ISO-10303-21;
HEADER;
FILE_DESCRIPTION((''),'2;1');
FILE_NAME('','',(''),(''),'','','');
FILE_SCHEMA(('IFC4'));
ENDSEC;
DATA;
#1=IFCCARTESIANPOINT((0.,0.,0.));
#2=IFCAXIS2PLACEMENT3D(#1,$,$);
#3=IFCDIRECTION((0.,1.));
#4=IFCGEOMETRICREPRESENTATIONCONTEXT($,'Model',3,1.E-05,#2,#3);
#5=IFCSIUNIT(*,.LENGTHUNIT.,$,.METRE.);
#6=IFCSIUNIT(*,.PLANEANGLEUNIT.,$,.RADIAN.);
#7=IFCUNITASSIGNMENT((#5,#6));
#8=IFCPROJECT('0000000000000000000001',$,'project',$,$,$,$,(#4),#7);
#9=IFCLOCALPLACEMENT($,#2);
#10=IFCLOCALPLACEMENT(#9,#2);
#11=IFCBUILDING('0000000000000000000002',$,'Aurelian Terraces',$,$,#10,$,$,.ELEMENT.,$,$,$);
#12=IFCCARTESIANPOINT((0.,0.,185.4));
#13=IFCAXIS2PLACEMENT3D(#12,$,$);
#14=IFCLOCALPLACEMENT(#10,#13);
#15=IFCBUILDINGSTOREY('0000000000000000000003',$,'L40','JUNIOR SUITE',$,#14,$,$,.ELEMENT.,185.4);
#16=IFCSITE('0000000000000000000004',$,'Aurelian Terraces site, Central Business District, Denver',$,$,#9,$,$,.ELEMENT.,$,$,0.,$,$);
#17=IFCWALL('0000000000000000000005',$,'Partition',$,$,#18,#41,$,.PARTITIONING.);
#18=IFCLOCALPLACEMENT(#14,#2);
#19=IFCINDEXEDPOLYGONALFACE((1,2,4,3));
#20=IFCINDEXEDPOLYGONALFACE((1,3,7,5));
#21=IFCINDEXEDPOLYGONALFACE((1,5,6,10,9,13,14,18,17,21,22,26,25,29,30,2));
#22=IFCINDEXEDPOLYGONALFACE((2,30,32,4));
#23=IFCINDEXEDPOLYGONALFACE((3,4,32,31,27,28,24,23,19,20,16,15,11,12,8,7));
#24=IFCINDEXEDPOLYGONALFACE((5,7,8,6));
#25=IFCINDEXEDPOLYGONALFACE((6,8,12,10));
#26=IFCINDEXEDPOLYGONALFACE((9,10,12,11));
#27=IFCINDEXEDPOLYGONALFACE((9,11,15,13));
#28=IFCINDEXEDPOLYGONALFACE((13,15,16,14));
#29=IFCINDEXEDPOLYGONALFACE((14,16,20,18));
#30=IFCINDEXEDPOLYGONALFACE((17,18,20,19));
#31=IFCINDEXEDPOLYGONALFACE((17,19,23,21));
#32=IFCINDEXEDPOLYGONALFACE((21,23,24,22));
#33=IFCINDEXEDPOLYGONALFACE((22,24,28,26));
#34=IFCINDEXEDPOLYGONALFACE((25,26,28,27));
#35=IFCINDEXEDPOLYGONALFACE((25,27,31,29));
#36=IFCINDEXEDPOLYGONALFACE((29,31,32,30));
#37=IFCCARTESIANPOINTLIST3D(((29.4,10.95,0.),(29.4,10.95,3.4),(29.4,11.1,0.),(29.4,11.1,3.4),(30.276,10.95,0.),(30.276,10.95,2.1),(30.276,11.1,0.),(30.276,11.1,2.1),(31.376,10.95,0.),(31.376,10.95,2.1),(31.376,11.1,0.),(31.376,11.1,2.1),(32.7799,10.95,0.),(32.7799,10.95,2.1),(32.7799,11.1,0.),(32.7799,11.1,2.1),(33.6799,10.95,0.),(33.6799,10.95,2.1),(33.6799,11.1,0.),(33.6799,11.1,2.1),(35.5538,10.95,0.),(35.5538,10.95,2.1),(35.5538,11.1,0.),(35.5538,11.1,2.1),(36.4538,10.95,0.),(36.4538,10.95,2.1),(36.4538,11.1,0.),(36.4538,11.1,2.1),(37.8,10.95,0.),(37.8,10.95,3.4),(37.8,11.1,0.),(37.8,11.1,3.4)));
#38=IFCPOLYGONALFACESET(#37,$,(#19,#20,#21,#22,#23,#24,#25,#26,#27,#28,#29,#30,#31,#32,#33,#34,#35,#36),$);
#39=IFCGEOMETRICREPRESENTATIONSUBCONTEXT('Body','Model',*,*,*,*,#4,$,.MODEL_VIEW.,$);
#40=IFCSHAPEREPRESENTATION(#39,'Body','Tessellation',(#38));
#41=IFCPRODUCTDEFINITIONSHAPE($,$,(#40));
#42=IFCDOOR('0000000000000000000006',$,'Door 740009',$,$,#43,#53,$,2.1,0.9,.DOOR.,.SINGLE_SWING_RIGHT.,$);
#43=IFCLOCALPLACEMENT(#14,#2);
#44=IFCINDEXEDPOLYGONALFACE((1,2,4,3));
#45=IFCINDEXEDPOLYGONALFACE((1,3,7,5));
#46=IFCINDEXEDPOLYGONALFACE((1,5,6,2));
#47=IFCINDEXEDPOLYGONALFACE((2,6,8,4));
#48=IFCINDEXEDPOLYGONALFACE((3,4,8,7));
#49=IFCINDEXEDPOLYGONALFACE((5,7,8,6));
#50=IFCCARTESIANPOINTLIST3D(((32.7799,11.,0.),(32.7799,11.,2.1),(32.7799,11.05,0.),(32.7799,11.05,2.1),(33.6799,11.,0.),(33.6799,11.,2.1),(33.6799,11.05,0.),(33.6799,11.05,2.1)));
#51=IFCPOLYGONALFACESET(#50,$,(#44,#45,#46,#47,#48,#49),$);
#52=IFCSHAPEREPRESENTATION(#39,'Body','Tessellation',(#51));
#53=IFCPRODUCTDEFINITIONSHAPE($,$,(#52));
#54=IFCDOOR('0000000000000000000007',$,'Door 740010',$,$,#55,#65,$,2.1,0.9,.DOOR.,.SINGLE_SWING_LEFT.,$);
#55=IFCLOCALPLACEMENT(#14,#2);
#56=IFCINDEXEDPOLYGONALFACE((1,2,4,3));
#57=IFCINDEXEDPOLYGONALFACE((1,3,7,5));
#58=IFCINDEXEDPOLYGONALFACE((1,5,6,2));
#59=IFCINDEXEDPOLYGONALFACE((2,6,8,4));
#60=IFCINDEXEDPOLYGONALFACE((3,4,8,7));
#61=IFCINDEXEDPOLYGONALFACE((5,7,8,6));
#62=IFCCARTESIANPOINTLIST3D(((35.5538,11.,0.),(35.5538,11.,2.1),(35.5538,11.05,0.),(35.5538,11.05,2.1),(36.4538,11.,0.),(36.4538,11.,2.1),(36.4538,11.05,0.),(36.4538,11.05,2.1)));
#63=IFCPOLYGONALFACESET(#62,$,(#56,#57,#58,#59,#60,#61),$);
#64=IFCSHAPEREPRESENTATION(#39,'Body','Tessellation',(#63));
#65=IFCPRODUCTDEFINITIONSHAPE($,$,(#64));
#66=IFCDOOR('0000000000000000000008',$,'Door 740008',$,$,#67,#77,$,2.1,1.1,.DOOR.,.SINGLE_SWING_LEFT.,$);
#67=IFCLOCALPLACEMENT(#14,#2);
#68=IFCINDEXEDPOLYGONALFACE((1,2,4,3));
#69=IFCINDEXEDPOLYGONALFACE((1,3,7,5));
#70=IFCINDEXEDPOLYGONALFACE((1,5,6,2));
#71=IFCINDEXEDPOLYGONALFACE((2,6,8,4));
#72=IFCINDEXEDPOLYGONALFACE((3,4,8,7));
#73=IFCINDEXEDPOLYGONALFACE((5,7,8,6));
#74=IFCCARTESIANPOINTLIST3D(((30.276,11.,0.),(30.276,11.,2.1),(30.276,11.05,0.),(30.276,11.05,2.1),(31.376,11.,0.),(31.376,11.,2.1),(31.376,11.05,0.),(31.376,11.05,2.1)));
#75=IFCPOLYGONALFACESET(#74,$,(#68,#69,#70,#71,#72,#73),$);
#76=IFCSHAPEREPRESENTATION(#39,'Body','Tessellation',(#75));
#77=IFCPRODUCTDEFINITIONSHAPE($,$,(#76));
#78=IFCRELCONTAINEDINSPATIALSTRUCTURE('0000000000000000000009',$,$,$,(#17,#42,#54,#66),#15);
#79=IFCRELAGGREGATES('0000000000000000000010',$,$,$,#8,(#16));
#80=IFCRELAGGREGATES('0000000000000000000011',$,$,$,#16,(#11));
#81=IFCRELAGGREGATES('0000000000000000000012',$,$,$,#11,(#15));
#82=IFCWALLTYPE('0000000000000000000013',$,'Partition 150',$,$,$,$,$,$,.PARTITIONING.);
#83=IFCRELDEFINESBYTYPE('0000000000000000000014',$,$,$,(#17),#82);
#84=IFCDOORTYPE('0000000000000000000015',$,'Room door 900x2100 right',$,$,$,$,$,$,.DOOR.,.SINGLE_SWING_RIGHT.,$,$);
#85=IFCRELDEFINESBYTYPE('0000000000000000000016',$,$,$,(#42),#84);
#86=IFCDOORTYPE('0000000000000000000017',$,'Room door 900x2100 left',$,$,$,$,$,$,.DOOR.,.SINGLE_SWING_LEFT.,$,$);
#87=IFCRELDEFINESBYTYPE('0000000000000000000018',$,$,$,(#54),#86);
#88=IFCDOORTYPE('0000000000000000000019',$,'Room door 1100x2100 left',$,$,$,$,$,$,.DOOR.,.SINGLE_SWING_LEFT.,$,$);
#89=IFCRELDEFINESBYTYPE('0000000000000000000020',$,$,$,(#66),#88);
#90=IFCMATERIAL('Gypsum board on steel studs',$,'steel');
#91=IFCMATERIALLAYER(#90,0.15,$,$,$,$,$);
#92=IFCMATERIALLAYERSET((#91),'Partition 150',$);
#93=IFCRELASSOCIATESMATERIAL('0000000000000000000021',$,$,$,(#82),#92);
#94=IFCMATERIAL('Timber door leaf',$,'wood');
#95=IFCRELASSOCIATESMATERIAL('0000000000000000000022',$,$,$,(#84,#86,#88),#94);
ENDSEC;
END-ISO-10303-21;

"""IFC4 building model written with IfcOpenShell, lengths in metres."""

from ifc_helpers import new_model, si_unit, direction, frame, frame_2d, origin, place, context, subcontext, project, spatial, rectangle, extrude, source, transform, mapped, material, layer, layer_set, type_object, element, fill, save


model = new_model("IFC4")

# Units and contexts
model_context = context("Model", 3, precision=1e-05, world=origin(), true_north=direction((0.0, 1.0)))
body_context = subcontext(model_context, "Body", "Model", "MODEL_VIEW")
ifc_project = project(units=[si_unit("LENGTHUNIT", "METRE"), si_unit("PLANEANGLEUNIT", "RADIAN")], contexts=[model_context])

# Site, building, storey
site_placement = place(None, origin())
site = spatial("IfcSite", under=ifc_project, at=site_placement, Name="Aurelian Terraces site, Central Business District, Denver", CompositionType="ELEMENT", RefElevation=0.0)
building_placement = place(site_placement, origin())
building = spatial("IfcBuilding", under=site, at=building_placement, Name="Aurelian Terraces", CompositionType="ELEMENT")
storey_placement = place(building_placement, frame((0.0, 0.0, 185.4)))
storey = spatial("IfcBuildingStorey", under=building, at=storey_placement, Name="L40", Description="JUNIOR SUITE", CompositionType="ELEMENT", Elevation=185.4)

# Shared definitions
shared_shape_1 = source(origin(), body_context, "Body", "SweptSolid", [
    extrude(rectangle(XDim=1.1, YDim=2.1, at=frame_2d((0.55, 1.05))), frame((0.0, 0.025, 0.0), z_axis=(0.0, -1.0, 0.0), x_axis=(1.0, 0.0, 0.0)), (0.0, 0.0, 1.0), 0.05),
])

# Shared definitions
ifc_material_1 = material(Name="Gypsum board on steel studs", Category="steel")
shared_shape_2 = source(origin(), body_context, "Body", "SweptSolid", [
    extrude(rectangle(XDim=0.9, YDim=2.1, at=frame_2d((0.45, 1.05))), frame((0.0, 0.025, 0.0), z_axis=(0.0, -1.0, 0.0), x_axis=(1.0, 0.0, 0.0)), (0.0, 0.0, 1.0), 0.05),
])

# Shared definitions
ifc_layer_1 = layer(ifc_material_1, 0.15)
ifc_layer_set_1 = layer_set([ifc_layer_1], Name="Partition 150")
wall_type_1 = type_object("IfcWallType", Name="Partition 150", PredefinedType="PARTITIONING", material=ifc_layer_set_1)

# Wall, openings, doors
shared_shape_3 = source(origin(), body_context, "Body", "SweptSolid", [
    extrude(rectangle(XDim=8.4, YDim=0.15, at=frame_2d((4.2, 0.0))), origin(), (0.0, 0.0, 1.0), 3.4),
])
wall_1_placement = place(storey_placement, frame((37.8, 11.025, 0.0), z_axis=(0.0, 0.0, 1.0), x_axis=(-1.0, 0.0, 0.0)))
wall_1 = element("IfcWall", 1, at=wall_1_placement, inside=storey, type_object=wall_type_1, Name="Partition", PredefinedType="PARTITIONING", context=body_context, shape_type="MappedRepresentation", body=[
    mapped(shared_shape_3, transform((0.0, 0.0, 0.0), scale=1.0)),
])
shared_shape_4 = source(origin(), body_context, "Body", "SweptSolid", [
    extrude(rectangle(XDim=1.1, YDim=2.1, at=frame_2d((0.55, 1.05))), frame((0.0, 0.085, 0.0), z_axis=(0.0, -1.0, 0.0), x_axis=(1.0, 0.0, 0.0)), (0.0, 0.0, 1.0), 0.17),
])
opening_1_placement = place(wall_1_placement, frame((6.424, 0.0, 0.0)))
opening_1 = element("IfcOpeningElement", 2, at=opening_1_placement, cuts=wall_1, PredefinedType="OPENING", context=body_context, shape_type="MappedRepresentation", body=[
    mapped(shared_shape_4, transform((0.0, 0.0, 0.0), scale=1.0)),
])
shared_shape_5 = source(origin(), body_context, "Body", "SweptSolid", [
    extrude(rectangle(XDim=0.9, YDim=2.1, at=frame_2d((0.45, 1.05))), frame((0.0, 0.085, 0.0), z_axis=(0.0, -1.0, 0.0), x_axis=(1.0, 0.0, 0.0)), (0.0, 0.0, 1.0), 0.17),
])
opening_2_placement = place(wall_1_placement, frame((4.1201, 0.0, 0.0)))
opening_2 = element("IfcOpeningElement", 3, at=opening_2_placement, cuts=wall_1, PredefinedType="OPENING", context=body_context, shape_type="MappedRepresentation", body=[
    mapped(shared_shape_5, transform((0.0, 0.0, 0.0), scale=1.0)),
])
opening_3_placement = place(wall_1_placement, frame((1.3462, 0.0, 0.0)))
opening_3 = element("IfcOpeningElement", 4, at=opening_3_placement, cuts=wall_1, PredefinedType="OPENING", context=body_context, shape_type="MappedRepresentation", body=[
    mapped(shared_shape_5, transform((0.0, 0.0, 0.0), scale=1.0)),
])
ifc_material_2 = material(Name="Timber door leaf", Category="wood")
door_type_1 = type_object("IfcDoorType", Name="Room door 900x2100 right", OperationType="SINGLE_SWING_RIGHT", PredefinedType="DOOR", material=ifc_material_2)
door_1_placement = place(opening_2_placement, origin())
door_1 = element("IfcDoor", 5, at=door_1_placement, inside=storey, type_object=door_type_1, Name="Door 740009", OperationType="SINGLE_SWING_RIGHT", OverallHeight=2.1, OverallWidth=0.9, PredefinedType="DOOR", context=body_context, shape_type="MappedRepresentation", body=[
    mapped(shared_shape_2, transform((0.0, 0.0, 0.0), scale=1.0)),
])
fill(opening_2, door_1)
door_type_2 = type_object("IfcDoorType", Name="Room door 900x2100 left", OperationType="SINGLE_SWING_LEFT", PredefinedType="DOOR", material=ifc_material_2)
door_2_placement = place(opening_3_placement, origin())
door_2 = element("IfcDoor", 6, at=door_2_placement, inside=storey, type_object=door_type_2, Name="Door 740010", OperationType="SINGLE_SWING_LEFT", OverallHeight=2.1, OverallWidth=0.9, PredefinedType="DOOR", context=body_context, shape_type="MappedRepresentation", body=[
    mapped(shared_shape_2, transform((0.0, 0.0, 0.0), scale=1.0)),
])
fill(opening_3, door_2)
door_type_3 = type_object("IfcDoorType", Name="Room door 1100x2100 left", OperationType="SINGLE_SWING_LEFT", PredefinedType="DOOR", material=ifc_material_2)
door_3_placement = place(opening_1_placement, origin())
door_3 = element("IfcDoor", 7, at=door_3_placement, inside=storey, type_object=door_type_3, Name="Door 740008", OperationType="SINGLE_SWING_LEFT", OverallHeight=2.1, OverallWidth=1.1, PredefinedType="DOOR", context=body_context, shape_type="MappedRepresentation", body=[
    mapped(shared_shape_1, transform((0.0, 0.0, 0.0), scale=1.0)),
])
fill(opening_1, door_3)

save(model, "model.ifc")
